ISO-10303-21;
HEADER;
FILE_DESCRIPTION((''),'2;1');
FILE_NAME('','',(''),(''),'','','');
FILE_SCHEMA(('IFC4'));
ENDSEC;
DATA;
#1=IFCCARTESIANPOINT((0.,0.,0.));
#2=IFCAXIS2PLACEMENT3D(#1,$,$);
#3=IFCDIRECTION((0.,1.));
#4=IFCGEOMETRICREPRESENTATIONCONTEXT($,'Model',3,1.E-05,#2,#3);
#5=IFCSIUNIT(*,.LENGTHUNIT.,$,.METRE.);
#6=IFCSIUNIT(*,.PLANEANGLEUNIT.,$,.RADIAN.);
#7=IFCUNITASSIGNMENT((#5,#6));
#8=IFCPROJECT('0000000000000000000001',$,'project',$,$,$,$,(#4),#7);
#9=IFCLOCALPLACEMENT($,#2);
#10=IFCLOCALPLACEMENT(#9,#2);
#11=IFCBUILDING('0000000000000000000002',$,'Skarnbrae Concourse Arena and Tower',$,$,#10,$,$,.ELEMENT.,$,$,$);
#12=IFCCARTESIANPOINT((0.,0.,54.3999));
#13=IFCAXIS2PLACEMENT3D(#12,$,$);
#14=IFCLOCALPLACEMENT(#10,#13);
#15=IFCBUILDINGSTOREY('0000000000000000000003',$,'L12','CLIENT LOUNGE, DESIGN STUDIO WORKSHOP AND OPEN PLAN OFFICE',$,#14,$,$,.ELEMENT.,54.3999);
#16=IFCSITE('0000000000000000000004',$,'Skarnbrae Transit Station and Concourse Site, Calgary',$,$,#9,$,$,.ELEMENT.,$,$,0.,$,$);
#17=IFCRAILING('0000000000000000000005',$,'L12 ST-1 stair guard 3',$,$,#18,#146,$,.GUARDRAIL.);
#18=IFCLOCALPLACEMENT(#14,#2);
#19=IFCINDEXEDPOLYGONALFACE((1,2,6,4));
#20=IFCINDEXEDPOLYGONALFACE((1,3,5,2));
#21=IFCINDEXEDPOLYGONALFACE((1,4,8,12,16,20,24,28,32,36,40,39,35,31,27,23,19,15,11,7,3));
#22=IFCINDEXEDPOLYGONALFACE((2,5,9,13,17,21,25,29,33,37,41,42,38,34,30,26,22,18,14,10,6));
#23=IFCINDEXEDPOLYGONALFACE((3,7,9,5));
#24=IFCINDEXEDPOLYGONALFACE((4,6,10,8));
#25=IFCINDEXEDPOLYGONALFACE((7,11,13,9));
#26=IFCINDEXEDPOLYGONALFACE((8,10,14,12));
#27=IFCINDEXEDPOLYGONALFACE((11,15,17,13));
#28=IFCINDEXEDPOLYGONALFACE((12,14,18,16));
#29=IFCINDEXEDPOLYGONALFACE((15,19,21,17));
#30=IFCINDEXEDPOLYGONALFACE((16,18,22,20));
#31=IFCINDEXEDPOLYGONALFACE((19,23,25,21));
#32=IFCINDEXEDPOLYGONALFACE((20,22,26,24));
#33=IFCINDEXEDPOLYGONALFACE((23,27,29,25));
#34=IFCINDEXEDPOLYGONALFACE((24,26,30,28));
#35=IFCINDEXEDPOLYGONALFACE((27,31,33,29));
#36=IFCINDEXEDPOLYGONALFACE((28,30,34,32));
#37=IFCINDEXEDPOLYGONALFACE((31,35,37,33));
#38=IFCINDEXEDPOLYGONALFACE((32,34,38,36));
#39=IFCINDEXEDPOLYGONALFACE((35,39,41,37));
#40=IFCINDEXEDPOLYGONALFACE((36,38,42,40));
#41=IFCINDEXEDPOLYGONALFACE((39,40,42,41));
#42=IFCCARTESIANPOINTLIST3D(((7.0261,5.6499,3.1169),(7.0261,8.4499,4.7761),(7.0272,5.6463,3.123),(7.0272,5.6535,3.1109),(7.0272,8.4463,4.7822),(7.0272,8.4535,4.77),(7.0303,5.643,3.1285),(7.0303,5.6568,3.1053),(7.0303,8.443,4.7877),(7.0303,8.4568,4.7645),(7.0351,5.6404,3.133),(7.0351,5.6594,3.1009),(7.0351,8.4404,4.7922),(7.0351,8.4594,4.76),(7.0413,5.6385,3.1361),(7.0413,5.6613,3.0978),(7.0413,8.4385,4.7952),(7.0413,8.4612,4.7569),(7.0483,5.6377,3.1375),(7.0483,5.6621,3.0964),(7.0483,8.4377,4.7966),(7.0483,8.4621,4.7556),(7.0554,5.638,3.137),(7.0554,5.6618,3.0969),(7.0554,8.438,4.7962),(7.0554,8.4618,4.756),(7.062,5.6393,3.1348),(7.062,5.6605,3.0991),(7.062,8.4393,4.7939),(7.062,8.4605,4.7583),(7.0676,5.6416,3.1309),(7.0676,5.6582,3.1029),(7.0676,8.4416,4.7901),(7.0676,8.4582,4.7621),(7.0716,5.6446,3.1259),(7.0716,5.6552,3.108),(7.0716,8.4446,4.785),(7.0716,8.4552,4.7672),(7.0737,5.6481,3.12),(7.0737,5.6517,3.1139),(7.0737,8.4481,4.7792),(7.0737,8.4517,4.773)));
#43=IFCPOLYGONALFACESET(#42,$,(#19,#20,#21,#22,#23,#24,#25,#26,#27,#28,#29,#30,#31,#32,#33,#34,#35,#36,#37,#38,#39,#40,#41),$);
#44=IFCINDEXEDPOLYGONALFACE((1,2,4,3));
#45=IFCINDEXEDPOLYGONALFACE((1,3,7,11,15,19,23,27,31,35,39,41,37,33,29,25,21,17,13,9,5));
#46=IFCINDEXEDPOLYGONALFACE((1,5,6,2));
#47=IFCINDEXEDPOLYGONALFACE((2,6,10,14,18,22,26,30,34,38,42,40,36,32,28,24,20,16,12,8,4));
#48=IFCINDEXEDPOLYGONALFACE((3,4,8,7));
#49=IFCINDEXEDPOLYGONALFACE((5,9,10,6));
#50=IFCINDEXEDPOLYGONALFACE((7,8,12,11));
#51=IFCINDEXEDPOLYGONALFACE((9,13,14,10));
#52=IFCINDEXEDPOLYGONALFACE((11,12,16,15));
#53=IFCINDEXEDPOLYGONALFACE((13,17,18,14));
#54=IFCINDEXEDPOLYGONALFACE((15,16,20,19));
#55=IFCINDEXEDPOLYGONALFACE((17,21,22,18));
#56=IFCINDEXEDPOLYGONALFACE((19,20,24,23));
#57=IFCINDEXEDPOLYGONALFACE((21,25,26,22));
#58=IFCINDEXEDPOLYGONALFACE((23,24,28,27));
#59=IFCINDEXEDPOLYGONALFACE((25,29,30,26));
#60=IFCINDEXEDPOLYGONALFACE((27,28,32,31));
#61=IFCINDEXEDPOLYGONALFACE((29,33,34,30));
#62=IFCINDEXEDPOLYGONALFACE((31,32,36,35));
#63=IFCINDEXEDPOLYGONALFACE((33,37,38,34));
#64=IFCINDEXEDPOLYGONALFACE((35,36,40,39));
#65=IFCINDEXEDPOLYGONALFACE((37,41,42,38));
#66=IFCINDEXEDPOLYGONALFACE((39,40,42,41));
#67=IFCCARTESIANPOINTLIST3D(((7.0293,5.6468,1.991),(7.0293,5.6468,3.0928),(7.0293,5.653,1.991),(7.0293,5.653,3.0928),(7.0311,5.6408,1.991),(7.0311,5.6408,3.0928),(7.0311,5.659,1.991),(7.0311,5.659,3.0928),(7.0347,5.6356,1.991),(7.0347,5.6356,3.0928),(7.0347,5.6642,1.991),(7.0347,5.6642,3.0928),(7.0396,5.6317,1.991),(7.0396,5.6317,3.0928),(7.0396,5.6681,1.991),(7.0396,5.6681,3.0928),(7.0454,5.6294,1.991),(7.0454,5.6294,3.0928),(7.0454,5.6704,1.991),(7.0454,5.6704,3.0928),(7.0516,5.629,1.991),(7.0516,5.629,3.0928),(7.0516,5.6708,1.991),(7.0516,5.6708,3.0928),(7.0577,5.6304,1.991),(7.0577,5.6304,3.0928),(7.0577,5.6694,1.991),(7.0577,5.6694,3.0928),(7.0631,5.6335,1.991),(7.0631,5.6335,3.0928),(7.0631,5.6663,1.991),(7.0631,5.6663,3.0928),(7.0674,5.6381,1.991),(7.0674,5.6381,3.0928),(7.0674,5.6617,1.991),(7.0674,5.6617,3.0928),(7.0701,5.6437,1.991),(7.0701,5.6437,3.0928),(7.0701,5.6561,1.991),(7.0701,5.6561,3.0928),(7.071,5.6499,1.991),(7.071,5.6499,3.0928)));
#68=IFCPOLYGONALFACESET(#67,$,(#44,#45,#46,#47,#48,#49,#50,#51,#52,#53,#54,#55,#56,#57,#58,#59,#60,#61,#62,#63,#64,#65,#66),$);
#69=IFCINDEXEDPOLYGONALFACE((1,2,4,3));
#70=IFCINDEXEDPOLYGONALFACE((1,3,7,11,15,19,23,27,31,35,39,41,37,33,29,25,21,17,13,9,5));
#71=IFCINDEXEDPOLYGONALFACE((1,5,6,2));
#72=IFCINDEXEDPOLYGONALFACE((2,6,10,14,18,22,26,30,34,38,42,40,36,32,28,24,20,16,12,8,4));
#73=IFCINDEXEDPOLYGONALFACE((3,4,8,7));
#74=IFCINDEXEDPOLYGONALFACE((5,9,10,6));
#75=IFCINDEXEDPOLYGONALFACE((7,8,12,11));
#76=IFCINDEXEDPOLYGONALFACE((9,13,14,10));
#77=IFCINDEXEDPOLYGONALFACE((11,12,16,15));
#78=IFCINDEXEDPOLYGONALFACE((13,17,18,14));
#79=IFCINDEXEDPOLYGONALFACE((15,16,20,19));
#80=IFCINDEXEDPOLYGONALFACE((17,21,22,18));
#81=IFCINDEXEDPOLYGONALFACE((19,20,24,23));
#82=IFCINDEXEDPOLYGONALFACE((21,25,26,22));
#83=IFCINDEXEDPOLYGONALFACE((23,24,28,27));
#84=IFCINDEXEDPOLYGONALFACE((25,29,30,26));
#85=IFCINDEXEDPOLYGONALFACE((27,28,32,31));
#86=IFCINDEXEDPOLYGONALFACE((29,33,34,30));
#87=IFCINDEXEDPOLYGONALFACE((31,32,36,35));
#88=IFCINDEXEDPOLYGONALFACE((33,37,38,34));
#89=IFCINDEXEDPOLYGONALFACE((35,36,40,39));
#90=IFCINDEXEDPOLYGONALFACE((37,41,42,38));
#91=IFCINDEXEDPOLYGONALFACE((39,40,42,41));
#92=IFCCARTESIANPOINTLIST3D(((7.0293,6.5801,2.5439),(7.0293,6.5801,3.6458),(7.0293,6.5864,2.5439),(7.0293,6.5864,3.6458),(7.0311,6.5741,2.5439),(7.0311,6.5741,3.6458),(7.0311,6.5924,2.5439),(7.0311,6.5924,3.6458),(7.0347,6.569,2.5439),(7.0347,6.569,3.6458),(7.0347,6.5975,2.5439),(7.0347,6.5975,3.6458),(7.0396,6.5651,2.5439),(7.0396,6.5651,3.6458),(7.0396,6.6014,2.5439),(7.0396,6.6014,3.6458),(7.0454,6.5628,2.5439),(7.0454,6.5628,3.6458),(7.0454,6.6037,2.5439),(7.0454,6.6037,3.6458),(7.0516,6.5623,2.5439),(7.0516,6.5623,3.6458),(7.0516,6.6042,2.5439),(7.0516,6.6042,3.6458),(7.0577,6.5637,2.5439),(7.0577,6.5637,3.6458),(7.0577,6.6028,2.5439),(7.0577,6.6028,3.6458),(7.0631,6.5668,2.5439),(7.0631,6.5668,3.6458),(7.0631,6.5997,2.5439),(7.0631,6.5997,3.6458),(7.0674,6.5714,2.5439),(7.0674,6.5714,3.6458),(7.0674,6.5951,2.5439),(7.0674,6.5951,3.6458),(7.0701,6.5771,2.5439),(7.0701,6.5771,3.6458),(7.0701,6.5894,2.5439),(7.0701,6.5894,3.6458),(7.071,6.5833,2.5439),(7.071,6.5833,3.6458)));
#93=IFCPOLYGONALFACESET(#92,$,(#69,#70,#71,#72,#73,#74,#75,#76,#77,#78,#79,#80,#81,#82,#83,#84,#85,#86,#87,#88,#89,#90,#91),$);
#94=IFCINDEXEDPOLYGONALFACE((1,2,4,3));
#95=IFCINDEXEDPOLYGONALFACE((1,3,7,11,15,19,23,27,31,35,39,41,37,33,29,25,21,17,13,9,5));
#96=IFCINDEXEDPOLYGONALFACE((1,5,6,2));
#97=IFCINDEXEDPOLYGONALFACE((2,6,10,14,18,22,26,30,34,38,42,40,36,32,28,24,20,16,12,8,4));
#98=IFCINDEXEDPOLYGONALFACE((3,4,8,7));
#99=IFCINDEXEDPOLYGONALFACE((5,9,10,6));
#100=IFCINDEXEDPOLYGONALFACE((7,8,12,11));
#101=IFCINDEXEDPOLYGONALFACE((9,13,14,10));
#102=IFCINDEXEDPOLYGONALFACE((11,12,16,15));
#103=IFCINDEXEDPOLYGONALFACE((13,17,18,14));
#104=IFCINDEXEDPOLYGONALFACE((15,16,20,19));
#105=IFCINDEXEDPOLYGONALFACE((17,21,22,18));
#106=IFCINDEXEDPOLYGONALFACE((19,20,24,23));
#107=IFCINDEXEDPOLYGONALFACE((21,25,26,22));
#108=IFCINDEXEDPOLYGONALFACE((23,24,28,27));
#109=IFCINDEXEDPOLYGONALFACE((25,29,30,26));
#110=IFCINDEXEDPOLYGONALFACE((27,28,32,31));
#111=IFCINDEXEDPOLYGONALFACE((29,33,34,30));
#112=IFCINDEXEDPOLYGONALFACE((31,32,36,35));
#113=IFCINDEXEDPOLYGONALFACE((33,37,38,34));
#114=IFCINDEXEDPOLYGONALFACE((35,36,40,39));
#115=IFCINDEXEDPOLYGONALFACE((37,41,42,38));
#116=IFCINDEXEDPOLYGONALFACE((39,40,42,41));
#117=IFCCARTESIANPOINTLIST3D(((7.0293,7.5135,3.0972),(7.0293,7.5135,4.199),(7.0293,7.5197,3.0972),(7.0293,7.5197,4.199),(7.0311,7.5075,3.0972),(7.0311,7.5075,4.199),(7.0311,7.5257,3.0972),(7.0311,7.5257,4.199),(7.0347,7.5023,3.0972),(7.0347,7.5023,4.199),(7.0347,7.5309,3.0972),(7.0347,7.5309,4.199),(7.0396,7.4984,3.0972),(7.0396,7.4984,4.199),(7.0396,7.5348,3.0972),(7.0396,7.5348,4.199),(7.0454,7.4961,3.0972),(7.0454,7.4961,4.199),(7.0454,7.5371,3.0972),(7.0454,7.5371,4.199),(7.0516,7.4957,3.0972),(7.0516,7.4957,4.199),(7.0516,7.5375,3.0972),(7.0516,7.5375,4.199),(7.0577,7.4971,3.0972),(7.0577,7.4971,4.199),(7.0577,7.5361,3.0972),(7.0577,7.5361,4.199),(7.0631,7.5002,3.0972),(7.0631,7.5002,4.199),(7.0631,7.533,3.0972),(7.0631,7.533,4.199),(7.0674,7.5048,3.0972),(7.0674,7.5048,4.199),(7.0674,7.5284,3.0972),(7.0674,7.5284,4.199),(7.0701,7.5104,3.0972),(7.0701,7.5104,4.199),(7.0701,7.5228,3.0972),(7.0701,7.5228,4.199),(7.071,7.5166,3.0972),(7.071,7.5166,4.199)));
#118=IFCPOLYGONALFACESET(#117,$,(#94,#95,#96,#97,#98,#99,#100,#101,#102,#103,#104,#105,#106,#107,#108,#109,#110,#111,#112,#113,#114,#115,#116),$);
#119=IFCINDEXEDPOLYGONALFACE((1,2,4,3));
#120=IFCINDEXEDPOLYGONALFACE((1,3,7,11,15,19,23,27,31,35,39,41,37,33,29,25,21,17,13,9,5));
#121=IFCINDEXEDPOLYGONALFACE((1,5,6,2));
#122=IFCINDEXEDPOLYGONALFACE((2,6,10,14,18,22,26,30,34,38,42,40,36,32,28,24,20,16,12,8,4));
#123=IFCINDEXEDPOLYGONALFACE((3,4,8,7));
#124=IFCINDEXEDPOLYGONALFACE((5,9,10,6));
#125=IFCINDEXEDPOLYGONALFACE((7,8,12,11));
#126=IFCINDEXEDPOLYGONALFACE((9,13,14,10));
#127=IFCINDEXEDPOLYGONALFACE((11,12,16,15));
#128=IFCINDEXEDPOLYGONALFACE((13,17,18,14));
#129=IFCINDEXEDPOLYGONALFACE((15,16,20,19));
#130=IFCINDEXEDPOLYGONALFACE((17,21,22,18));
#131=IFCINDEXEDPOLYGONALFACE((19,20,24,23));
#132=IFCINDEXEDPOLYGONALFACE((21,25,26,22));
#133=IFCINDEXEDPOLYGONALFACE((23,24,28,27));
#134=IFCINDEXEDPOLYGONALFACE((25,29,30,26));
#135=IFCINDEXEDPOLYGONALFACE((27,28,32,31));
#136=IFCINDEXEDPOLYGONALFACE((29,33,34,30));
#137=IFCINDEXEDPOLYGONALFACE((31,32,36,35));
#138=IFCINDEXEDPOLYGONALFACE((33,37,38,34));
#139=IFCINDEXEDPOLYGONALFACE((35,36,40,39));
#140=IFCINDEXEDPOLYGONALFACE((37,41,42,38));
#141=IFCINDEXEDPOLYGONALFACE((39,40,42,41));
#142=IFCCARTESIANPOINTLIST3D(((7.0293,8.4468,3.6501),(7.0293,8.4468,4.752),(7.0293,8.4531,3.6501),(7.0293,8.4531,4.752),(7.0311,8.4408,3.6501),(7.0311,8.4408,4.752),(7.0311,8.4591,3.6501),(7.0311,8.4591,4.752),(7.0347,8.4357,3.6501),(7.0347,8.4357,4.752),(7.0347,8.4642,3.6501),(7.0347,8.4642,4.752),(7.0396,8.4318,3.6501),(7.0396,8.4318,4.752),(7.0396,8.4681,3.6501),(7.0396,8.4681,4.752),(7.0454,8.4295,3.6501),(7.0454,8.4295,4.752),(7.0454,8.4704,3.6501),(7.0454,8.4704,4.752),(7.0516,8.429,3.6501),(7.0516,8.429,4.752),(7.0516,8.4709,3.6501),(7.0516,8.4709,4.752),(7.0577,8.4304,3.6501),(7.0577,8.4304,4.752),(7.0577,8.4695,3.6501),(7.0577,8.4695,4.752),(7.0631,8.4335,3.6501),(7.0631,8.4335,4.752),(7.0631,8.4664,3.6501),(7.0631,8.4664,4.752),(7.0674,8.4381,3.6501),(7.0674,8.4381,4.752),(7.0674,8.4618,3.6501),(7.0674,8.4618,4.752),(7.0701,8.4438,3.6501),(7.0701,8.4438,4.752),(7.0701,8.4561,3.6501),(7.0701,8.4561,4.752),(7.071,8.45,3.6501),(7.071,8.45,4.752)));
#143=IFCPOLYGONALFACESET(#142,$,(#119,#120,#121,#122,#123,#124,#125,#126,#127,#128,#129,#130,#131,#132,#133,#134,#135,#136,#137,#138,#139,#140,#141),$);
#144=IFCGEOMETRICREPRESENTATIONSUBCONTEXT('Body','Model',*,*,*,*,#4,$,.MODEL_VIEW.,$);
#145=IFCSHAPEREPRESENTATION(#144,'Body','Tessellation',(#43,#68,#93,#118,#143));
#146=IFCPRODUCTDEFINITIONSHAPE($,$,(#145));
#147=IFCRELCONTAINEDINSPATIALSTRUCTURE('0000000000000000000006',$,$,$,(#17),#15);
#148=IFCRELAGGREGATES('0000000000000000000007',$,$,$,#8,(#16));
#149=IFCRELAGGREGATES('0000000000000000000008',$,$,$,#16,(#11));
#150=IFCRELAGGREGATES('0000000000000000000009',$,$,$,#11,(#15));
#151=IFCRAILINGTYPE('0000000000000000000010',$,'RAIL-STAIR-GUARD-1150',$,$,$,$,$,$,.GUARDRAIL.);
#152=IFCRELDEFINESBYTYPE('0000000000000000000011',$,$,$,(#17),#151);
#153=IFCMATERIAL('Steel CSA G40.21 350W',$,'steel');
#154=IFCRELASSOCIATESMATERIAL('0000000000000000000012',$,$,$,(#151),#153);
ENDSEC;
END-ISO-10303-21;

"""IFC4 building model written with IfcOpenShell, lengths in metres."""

from ifc_helpers import new_model, si_unit, direction, frame, origin, origin_2d, place, context, subcontext, project, spatial, circle, extrude, material, type_object, element, save


model = new_model("IFC4")

# Units and contexts
model_context = context("Model", 3, precision=1e-05, world=origin(), true_north=direction((0.0, 1.0)))
body_context = subcontext(model_context, "Body", "Model", "MODEL_VIEW")
ifc_project = project(units=[si_unit("LENGTHUNIT", "METRE"), si_unit("PLANEANGLEUNIT", "RADIAN")], contexts=[model_context])

# Site, building, storey
site_placement = place(None, origin())
site = spatial("IfcSite", under=ifc_project, at=site_placement, Name="Skarnbrae Transit Station and Concourse Site, Calgary", CompositionType="ELEMENT", RefElevation=0.0)
building_placement = place(site_placement, origin())
building = spatial("IfcBuilding", under=site, at=building_placement, Name="Skarnbrae Concourse Arena and Tower", CompositionType="ELEMENT")
storey_placement = place(building_placement, frame((0.0, 0.0, 54.3999)))
storey = spatial("IfcBuildingStorey", under=building, at=storey_placement, Name="L12", Description="CLIENT LOUNGE, DESIGN STUDIO WORKSHOP AND OPEN PLAN OFFICE", CompositionType="ELEMENT", Elevation=54.3999)

# Shared definitions
ifc_material_1 = material(Name="Steel CSA G40.21 350W", Category="steel")

# Railing
railing_type_1 = type_object("IfcRailingType", Name="RAIL-STAIR-GUARD-1150", PredefinedType="GUARDRAIL", material=ifc_material_1)
railing_1_placement = place(storey_placement, frame((7.05, 5.6499, 1.991)))
element("IfcRailing", 1, at=railing_1_placement, inside=storey, type_object=railing_type_1, Name="L12 ST-1 stair guard 3", PredefinedType="GUARDRAIL", context=body_context, shape_type="SweptSolid", body=[
    extrude(circle(Radius=0.0239, at=origin_2d()), frame((0.0, 0.0, 1.126), z_axis=(0.0, 0.860306, 0.509778), x_axis=(-1.0, 0.0, 0.0)), (0.0, 0.0, 1.0), 3.2546),
    extrude(circle(Radius=0.021, at=origin_2d()), origin(), (0.0, 0.0, 1.0), 1.1018),
    extrude(circle(Radius=0.021, at=origin_2d()), frame((0.0, 0.9333, 0.553)), (0.0, 0.0, 1.0), 1.1018),
    extrude(circle(Radius=0.021, at=origin_2d()), frame((0.0, 1.8667, 1.1062)), (0.0, 0.0, 1.0), 1.1018),
    extrude(circle(Radius=0.021, at=origin_2d()), frame((0.0, 2.8, 1.6592)), (0.0, 0.0, 1.0), 1.1018),
])

save(model, "model.ifc")
